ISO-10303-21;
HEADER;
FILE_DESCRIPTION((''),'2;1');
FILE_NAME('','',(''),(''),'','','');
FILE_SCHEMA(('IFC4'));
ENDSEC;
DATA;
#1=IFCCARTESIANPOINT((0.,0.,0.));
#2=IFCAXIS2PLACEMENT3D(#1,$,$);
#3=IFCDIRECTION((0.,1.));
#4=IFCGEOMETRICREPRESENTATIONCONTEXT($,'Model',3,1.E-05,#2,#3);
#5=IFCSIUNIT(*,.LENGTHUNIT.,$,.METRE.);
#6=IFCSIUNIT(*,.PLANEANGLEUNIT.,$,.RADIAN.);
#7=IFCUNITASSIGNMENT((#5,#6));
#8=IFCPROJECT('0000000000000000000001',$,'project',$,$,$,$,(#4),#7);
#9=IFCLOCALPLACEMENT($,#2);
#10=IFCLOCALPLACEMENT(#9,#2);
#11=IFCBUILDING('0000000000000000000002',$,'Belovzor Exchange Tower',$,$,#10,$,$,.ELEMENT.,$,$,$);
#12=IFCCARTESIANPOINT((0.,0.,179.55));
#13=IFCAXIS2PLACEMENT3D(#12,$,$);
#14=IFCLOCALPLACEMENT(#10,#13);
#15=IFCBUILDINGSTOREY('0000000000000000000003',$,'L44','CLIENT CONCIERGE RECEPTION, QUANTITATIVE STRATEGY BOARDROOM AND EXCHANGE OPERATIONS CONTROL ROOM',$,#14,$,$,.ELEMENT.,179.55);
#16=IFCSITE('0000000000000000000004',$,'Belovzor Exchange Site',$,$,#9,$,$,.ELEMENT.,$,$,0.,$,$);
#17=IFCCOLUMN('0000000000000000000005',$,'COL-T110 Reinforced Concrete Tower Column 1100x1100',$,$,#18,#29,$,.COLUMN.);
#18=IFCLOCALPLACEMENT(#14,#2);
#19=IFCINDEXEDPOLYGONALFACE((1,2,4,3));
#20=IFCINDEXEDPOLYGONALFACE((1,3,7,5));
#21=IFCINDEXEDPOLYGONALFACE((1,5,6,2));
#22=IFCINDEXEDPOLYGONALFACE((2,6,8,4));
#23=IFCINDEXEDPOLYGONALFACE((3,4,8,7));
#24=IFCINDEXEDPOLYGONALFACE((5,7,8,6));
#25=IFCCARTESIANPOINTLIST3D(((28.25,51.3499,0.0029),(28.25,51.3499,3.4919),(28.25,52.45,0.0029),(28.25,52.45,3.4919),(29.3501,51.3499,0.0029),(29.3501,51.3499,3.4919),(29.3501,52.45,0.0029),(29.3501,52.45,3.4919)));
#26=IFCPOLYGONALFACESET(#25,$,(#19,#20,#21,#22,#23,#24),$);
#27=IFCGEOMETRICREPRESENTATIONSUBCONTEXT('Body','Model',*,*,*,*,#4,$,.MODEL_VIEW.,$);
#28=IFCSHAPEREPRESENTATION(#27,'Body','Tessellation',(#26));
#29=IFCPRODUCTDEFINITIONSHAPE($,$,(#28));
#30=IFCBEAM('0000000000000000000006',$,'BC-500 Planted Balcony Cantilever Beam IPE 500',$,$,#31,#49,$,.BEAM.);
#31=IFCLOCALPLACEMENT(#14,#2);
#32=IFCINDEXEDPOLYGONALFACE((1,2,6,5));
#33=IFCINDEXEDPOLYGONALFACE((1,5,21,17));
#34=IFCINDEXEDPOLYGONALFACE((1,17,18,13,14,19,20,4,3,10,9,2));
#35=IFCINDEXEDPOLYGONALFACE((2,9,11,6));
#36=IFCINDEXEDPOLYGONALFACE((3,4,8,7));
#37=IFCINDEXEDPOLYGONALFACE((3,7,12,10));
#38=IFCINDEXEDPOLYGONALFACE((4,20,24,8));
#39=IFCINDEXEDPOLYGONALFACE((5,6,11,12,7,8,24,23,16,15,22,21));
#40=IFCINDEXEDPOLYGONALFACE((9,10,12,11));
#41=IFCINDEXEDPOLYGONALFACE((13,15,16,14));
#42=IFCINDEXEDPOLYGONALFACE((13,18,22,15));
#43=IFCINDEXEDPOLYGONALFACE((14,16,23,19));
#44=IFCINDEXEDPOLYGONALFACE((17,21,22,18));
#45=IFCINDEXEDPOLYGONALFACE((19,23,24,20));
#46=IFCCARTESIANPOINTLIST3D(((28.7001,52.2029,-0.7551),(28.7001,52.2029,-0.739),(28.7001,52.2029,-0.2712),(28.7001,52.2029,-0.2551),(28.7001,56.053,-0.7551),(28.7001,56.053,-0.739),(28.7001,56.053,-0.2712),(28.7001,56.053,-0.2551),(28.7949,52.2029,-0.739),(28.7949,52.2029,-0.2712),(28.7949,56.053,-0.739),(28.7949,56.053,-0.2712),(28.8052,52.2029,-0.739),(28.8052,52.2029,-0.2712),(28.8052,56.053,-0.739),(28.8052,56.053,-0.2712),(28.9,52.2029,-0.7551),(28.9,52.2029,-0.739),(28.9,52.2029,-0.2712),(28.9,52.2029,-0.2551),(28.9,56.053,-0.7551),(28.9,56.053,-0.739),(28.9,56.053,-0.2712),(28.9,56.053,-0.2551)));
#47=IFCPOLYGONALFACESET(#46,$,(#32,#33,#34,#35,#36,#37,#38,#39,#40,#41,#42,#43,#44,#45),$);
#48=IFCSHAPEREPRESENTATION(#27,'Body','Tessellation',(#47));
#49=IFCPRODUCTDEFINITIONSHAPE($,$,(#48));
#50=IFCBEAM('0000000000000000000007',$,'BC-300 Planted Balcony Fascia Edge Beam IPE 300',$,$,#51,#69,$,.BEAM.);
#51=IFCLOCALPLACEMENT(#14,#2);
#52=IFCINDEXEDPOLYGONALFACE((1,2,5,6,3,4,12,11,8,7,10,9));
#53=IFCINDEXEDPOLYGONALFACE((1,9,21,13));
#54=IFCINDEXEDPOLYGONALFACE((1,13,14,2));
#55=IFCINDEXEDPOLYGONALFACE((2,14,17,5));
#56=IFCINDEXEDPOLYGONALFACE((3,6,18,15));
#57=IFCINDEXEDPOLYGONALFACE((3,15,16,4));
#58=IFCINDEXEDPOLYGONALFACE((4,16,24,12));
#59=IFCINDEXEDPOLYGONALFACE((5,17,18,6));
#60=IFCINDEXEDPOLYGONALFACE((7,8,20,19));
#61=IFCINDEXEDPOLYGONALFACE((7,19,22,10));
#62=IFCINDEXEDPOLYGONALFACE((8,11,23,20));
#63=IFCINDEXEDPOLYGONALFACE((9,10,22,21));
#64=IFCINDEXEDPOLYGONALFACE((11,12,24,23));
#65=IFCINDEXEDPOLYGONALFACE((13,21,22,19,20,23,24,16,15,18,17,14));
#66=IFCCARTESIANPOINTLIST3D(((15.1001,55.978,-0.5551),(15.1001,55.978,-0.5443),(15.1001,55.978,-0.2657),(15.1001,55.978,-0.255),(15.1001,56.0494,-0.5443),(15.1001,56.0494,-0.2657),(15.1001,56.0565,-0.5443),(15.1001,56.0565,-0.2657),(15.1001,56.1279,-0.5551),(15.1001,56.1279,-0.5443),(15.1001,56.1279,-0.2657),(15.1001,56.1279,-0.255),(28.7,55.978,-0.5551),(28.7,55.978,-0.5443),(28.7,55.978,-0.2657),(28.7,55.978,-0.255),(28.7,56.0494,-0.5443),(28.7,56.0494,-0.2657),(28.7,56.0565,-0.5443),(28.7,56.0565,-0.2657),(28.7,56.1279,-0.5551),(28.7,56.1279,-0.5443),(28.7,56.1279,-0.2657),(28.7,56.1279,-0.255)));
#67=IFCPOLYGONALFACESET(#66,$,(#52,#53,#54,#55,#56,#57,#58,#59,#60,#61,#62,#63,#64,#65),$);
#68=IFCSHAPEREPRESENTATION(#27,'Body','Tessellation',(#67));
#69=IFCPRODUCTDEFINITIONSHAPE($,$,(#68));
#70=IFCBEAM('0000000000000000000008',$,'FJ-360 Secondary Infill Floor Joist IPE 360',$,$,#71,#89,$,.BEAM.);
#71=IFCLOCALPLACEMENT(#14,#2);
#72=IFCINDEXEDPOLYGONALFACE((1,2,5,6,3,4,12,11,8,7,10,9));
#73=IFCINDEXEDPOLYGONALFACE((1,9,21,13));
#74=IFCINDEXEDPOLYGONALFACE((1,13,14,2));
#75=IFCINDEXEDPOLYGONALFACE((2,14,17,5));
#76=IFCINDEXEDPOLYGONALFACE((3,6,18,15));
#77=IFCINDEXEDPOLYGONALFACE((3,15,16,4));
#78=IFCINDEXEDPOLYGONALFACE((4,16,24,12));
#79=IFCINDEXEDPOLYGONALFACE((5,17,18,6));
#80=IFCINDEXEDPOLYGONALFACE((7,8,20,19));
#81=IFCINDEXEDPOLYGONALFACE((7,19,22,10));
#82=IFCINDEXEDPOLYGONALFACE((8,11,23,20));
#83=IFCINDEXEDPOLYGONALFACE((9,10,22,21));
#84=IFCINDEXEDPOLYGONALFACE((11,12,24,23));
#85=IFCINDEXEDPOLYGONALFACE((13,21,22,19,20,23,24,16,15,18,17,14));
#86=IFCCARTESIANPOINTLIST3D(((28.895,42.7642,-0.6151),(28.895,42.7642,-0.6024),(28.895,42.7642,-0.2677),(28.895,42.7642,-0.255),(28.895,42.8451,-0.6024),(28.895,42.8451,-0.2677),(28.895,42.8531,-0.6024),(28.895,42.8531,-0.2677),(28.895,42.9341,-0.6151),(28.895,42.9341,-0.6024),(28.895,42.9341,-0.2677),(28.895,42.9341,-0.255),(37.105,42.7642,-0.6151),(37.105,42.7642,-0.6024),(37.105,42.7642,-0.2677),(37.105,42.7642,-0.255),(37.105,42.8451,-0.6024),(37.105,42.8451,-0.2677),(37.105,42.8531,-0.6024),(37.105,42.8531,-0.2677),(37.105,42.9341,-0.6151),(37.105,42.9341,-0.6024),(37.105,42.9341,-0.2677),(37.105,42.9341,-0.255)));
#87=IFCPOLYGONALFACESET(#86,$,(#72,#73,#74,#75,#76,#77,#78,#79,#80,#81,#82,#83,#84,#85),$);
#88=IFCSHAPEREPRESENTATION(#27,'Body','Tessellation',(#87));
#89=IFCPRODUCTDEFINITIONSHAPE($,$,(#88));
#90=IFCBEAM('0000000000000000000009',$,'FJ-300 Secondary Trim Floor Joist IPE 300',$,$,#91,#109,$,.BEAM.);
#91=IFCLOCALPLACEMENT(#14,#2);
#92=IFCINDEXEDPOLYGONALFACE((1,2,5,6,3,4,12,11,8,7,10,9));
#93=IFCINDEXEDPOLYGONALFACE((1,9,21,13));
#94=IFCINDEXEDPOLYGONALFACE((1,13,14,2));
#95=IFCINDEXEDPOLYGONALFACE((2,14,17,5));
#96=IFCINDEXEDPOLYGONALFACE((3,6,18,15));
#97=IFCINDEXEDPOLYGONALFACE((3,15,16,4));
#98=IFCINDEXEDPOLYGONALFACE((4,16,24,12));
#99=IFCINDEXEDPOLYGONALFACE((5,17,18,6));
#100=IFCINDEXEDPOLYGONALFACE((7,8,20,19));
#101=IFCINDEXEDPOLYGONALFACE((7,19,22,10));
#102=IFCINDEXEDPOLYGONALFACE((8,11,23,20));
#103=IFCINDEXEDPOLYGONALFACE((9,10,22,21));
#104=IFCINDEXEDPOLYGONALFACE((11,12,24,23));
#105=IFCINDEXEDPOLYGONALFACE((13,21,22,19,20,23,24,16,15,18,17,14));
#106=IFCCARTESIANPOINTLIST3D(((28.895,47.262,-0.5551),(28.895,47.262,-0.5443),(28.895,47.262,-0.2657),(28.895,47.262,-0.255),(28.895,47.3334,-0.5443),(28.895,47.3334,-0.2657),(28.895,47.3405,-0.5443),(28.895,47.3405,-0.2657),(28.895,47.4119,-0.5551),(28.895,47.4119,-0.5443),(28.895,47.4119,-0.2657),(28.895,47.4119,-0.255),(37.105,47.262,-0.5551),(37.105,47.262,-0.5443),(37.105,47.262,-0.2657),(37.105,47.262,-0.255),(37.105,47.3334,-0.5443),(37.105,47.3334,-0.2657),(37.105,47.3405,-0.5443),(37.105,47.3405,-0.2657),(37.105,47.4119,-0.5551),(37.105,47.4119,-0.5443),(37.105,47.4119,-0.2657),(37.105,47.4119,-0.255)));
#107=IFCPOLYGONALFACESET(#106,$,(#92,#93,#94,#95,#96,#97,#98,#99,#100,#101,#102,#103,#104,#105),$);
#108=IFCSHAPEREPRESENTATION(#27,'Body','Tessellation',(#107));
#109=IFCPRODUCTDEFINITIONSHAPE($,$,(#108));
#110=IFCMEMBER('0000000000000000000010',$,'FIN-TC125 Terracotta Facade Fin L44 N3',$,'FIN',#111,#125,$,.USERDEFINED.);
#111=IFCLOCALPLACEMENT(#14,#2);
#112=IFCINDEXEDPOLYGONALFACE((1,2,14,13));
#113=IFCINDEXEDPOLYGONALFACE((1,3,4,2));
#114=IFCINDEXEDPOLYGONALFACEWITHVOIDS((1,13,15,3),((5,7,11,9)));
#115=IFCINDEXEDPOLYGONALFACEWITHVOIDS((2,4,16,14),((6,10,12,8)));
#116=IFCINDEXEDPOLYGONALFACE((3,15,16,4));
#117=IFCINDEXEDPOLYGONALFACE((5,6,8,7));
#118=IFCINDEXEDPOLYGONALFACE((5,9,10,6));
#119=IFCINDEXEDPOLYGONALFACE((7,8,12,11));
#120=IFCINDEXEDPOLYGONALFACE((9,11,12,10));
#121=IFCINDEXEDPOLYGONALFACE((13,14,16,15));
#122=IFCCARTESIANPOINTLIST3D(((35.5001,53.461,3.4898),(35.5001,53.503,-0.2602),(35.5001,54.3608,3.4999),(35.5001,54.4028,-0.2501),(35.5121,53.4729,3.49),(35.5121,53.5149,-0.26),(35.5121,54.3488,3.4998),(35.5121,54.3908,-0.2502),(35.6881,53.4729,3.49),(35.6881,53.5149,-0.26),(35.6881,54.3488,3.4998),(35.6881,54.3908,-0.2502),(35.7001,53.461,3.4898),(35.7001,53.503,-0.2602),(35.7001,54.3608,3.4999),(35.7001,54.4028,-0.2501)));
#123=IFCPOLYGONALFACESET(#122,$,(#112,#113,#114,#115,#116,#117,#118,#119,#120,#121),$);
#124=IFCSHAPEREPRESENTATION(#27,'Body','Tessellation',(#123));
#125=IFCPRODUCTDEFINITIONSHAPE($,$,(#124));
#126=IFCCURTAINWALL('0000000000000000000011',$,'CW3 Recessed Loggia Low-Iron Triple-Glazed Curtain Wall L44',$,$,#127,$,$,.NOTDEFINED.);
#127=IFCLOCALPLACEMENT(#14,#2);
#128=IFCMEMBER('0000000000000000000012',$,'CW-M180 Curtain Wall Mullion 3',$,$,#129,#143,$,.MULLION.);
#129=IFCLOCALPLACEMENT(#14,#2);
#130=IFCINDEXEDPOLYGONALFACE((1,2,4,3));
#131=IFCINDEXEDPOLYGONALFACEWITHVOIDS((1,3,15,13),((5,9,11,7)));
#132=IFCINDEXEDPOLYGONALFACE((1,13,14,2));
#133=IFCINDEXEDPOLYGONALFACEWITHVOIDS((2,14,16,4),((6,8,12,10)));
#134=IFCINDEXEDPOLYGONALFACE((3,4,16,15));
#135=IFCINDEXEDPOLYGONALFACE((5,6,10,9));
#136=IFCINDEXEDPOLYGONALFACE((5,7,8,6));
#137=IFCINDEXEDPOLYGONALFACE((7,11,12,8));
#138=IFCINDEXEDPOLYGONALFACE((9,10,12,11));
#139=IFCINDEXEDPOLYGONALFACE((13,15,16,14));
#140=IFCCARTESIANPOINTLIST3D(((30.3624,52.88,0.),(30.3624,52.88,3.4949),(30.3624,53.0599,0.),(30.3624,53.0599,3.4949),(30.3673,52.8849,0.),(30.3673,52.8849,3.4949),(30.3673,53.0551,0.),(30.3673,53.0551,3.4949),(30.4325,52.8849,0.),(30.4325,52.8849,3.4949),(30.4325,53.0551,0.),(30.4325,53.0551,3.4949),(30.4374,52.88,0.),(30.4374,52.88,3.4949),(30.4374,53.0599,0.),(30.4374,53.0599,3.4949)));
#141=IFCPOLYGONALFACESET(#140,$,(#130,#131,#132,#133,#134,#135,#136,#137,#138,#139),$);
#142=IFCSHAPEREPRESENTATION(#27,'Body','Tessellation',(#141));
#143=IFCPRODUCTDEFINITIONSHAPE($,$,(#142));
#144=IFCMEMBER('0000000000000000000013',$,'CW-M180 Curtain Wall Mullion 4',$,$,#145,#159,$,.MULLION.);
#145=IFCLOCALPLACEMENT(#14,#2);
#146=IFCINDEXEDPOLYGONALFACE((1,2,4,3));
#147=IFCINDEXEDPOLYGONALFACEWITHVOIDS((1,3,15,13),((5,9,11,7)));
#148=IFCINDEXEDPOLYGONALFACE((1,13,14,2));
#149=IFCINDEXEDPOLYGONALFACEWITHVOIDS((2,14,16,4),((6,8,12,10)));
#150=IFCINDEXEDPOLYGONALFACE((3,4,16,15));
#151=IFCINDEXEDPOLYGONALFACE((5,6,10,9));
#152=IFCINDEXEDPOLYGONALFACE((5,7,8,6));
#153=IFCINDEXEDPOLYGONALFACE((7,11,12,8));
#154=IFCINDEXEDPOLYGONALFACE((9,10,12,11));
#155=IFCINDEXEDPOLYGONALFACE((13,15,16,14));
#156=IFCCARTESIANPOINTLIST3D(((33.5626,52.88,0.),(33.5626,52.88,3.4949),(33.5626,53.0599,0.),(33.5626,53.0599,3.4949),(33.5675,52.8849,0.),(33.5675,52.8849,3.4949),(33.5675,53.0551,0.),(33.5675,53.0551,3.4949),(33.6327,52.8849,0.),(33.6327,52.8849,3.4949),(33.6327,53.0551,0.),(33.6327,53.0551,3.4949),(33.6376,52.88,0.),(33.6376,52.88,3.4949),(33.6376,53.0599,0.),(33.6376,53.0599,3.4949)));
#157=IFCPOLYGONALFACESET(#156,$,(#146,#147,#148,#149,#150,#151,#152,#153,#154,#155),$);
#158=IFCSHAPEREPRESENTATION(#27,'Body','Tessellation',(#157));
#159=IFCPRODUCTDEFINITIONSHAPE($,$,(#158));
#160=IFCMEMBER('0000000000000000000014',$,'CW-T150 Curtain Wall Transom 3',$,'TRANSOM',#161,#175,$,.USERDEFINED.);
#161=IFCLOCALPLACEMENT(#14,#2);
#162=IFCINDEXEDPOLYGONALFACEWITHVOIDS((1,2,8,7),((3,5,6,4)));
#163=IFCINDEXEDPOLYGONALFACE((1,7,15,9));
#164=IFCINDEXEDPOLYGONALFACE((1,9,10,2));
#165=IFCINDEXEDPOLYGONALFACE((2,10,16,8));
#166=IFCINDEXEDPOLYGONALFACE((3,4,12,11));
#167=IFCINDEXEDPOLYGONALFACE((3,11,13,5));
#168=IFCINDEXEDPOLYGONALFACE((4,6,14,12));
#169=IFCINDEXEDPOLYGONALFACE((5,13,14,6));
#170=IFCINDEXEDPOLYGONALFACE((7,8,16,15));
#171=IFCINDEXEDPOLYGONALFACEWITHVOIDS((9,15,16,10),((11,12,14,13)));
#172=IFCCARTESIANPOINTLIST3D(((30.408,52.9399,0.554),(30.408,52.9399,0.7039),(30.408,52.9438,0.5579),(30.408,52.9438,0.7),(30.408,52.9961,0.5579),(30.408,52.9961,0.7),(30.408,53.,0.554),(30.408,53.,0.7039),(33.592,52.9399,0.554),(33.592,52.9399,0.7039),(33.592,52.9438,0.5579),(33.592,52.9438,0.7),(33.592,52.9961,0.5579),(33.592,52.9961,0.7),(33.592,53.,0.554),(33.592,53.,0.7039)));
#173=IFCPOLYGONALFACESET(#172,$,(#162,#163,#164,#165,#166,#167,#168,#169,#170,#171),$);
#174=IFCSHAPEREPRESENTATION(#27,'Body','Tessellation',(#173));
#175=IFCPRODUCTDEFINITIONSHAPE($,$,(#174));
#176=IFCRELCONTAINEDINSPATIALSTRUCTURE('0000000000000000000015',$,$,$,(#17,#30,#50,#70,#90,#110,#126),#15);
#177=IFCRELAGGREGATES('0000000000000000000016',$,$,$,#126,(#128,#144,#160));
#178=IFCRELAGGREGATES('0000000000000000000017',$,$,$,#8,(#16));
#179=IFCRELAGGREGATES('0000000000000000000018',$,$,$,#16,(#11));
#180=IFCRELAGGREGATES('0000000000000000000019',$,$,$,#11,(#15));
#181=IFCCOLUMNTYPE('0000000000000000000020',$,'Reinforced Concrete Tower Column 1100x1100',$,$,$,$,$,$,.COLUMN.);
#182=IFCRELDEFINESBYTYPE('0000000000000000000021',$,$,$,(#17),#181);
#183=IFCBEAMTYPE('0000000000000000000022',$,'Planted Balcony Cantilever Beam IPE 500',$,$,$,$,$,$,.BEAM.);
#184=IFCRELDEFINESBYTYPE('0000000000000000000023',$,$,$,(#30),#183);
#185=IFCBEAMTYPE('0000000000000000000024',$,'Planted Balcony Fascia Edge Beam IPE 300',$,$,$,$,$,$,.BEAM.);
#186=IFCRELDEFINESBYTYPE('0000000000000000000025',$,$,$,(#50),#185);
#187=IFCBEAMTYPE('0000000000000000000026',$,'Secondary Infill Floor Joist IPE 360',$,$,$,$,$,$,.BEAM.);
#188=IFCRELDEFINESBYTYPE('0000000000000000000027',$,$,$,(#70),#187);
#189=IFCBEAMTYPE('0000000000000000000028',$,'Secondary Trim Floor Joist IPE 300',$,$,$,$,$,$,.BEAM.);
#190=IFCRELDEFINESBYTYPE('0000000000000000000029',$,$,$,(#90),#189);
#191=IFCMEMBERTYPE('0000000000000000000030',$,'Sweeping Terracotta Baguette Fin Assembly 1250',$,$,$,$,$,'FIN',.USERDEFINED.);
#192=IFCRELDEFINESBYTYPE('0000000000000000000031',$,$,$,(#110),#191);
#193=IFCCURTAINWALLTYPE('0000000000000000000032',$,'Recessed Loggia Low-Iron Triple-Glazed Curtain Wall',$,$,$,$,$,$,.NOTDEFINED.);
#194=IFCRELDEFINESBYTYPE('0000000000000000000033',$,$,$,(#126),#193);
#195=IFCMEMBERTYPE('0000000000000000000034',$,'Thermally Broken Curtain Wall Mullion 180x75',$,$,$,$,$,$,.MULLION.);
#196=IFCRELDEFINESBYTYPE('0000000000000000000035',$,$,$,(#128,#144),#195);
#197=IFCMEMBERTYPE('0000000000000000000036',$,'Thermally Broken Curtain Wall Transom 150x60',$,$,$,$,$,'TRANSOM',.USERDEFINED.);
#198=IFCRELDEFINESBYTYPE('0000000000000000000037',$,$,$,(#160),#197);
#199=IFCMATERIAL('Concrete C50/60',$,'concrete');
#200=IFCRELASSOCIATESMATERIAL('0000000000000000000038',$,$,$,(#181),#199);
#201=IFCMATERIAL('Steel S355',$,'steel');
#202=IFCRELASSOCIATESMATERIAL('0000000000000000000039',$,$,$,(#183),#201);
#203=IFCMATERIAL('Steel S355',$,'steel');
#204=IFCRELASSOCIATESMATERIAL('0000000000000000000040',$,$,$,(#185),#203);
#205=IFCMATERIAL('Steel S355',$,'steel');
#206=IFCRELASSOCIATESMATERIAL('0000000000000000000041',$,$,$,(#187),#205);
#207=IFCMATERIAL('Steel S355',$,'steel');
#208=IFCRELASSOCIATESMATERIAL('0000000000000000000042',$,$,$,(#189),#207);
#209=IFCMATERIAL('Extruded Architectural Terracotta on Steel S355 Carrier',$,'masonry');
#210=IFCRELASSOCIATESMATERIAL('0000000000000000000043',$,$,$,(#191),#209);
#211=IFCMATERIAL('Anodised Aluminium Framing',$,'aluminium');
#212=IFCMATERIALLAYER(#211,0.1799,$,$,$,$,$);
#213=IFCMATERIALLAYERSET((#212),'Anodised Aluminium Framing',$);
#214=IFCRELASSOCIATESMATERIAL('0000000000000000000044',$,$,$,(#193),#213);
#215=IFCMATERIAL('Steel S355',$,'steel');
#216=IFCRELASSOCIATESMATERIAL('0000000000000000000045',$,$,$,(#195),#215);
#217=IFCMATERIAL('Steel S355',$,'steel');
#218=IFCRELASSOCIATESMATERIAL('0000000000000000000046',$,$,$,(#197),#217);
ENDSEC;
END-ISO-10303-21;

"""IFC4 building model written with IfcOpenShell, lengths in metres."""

from ifc_helpers import new_model, si_unit, direction, frame, origin, origin_2d, place, context, subcontext, project, spatial, rectangle, hollow_rectangle, i_section, extrude, material, layer, layer_set, material_profile, profile_set, type_object, element, aggregate, save


model = new_model("IFC4")

# Units and contexts
model_context = context("Model", 3, precision=1e-05, world=origin(), true_north=direction((0.0, 1.0)))
body_context = subcontext(model_context, "Body", "Model", "MODEL_VIEW")
ifc_project = project(units=[si_unit("LENGTHUNIT", "METRE"), si_unit("PLANEANGLEUNIT", "RADIAN")], contexts=[model_context])

# Site, building, storey
site_placement = place(None, origin())
site = spatial("IfcSite", under=ifc_project, at=site_placement, Name="Belovzor Exchange Site", CompositionType="ELEMENT", RefElevation=0.0)
building_placement = place(site_placement, origin())
building = spatial("IfcBuilding", under=site, at=building_placement, Name="Belovzor Exchange Tower", CompositionType="ELEMENT")
storey_placement = place(building_placement, frame((0.0, 0.0, 179.55)))
storey = spatial("IfcBuildingStorey", under=building, at=storey_placement, Name="L44", Description="CLIENT CONCIERGE RECEPTION, QUANTITATIVE STRATEGY BOARDROOM AND EXCHANGE OPERATIONS CONTROL ROOM", CompositionType="ELEMENT", Elevation=179.55)

# Column
ifc_material_1 = material(Name="Concrete C50/60", Category="concrete")
ifc_material_profile_1 = material_profile(ifc_material_1, rectangle(XDim=1.1001, YDim=1.1001, at=origin_2d()))
ifc_profile_set_1 = profile_set([ifc_material_profile_1], Name="Concrete C50/60")
column_type = type_object("IfcColumnType", Name="Reinforced Concrete Tower Column 1100x1100", PredefinedType="COLUMN", material=ifc_profile_set_1)
column_placement = place(storey_placement, frame((28.8, 51.8999, 0.0029), z_axis=(0.0, 0.0, 1.0), x_axis=(1.0, 0.0, 0.0)))
element("IfcColumn", 1, at=column_placement, inside=storey, type_object=column_type, Name="COL-T110 Reinforced Concrete Tower Column 1100x1100", PredefinedType="COLUMN", context=body_context, shape_type="SweptSolid", body=[
    extrude(rectangle(XDim=1.1001, YDim=1.1001, at=origin_2d()), origin(), (0.0, 0.0, 1.0), 3.489),
])

# Beams
ifc_material_2 = material(Name="Steel S355", Category="steel")
ifc_material_profile_2 = material_profile(ifc_material_2, i_section(OverallWidth=0.2, OverallDepth=0.5, WebThickness=0.0103, FlangeThickness=0.0161, at=origin_2d()))
ifc_profile_set_2 = profile_set([ifc_material_profile_2], Name="Steel S355")
beam_type_1 = type_object("IfcBeamType", Name="Planted Balcony Cantilever Beam IPE 500", PredefinedType="BEAM", material=ifc_profile_set_2)
beam_1_placement = place(storey_placement, frame((28.8, 52.2029, -0.5051), z_axis=(0.0, 1.0, 0.0), x_axis=(-1.0, 0.0, 0.0)))
element("IfcBeam", 2, at=beam_1_placement, inside=storey, type_object=beam_type_1, Name="BC-500 Planted Balcony Cantilever Beam IPE 500", PredefinedType="BEAM", context=body_context, shape_type="SweptSolid", body=[
    extrude(i_section(OverallWidth=0.2, OverallDepth=0.5, WebThickness=0.0103, FlangeThickness=0.0161, at=origin_2d()), origin(), (0.0, 0.0, 1.0), 3.8501),
])
ifc_material_3 = material(Name="Steel S355", Category="steel")
ifc_material_profile_3 = material_profile(ifc_material_3, i_section(OverallWidth=0.1499, OverallDepth=0.3, WebThickness=0.0071, FlangeThickness=0.0107, at=origin_2d()))
ifc_profile_set_3 = profile_set([ifc_material_profile_3], Name="Steel S355")
beam_type_2 = type_object("IfcBeamType", Name="Planted Balcony Fascia Edge Beam IPE 300", PredefinedType="BEAM", material=ifc_profile_set_3)
beam_2_placement = place(storey_placement, frame((28.7, 56.053, -0.405), z_axis=(-1.0, 0.0, 0.0), x_axis=(0.0, -1.0, 0.0)))
element("IfcBeam", 3, at=beam_2_placement, inside=storey, type_object=beam_type_2, Name="BC-300 Planted Balcony Fascia Edge Beam IPE 300", PredefinedType="BEAM", context=body_context, shape_type="SweptSolid", body=[
    extrude(i_section(OverallWidth=0.1499, OverallDepth=0.3, WebThickness=0.0071, FlangeThickness=0.0107, at=origin_2d()), origin(), (0.0, 0.0, 1.0), 13.5999),
])
ifc_material_4 = material(Name="Steel S355", Category="steel")
ifc_material_profile_4 = material_profile(ifc_material_4, i_section(OverallWidth=0.1699, OverallDepth=0.3601, WebThickness=0.0081, FlangeThickness=0.0127, at=origin_2d()))
ifc_profile_set_4 = profile_set([ifc_material_profile_4], Name="Steel S355")
beam_type_3 = type_object("IfcBeamType", Name="Secondary Infill Floor Joist IPE 360", PredefinedType="BEAM", material=ifc_profile_set_4)
beam_3_placement = place(storey_placement, frame((28.895, 42.8491, -0.4351), z_axis=(1.0, 0.0, 0.0), x_axis=(0.0, 1.0, 0.0)))
element("IfcBeam", 4, at=beam_3_placement, inside=storey, type_object=beam_type_3, Name="FJ-360 Secondary Infill Floor Joist IPE 360", PredefinedType="BEAM", context=body_context, shape_type="SweptSolid", body=[
    extrude(i_section(OverallWidth=0.1699, OverallDepth=0.3601, WebThickness=0.0081, FlangeThickness=0.0127, at=origin_2d()), origin(), (0.0, 0.0, 1.0), 8.21),
])
ifc_material_5 = material(Name="Steel S355", Category="steel")
ifc_material_profile_5 = material_profile(ifc_material_5, i_section(OverallWidth=0.1499, OverallDepth=0.3, WebThickness=0.0071, FlangeThickness=0.0107, at=origin_2d()))
ifc_profile_set_5 = profile_set([ifc_material_profile_5], Name="Steel S355")
beam_type_4 = type_object("IfcBeamType", Name="Secondary Trim Floor Joist IPE 300", PredefinedType="BEAM", material=ifc_profile_set_5)
beam_4_placement = place(storey_placement, frame((28.895, 47.3369, -0.405), z_axis=(1.0, 0.0, 0.0), x_axis=(0.0, 1.0, 0.0)))
element("IfcBeam", 5, at=beam_4_placement, inside=storey, type_object=beam_type_4, Name="FJ-300 Secondary Trim Floor Joist IPE 300", PredefinedType="BEAM", context=body_context, shape_type="SweptSolid", body=[
    extrude(i_section(OverallWidth=0.1499, OverallDepth=0.3, WebThickness=0.0071, FlangeThickness=0.0107, at=origin_2d()), origin(), (0.0, 0.0, 1.0), 8.21),
])

# Member
ifc_material_6 = material(Name="Extruded Architectural Terracotta on Steel S355 Carrier", Category="masonry")
ifc_material_profile_6 = material_profile(ifc_material_6, hollow_rectangle(XDim=0.2, YDim=0.8999, WallThickness=0.012, at=origin_2d()))
ifc_profile_set_6 = profile_set([ifc_material_profile_6], Name="Extruded Architectural Terracotta on Steel S355 Carrier")
member_type_1 = type_object("IfcMemberType", Name="Sweeping Terracotta Baguette Fin Assembly 1250", ElementType="FIN", PredefinedType="USERDEFINED", material=ifc_profile_set_6)
member_1_placement = place(storey_placement, frame((35.6001, 53.9529, -0.2551), z_axis=(0.0, -0.011197, 0.999937), x_axis=(1.0, 0.0, 0.0)))
element("IfcMember", 6, at=member_1_placement, inside=storey, type_object=member_type_1, Name="FIN-TC125 Terracotta Facade Fin L44 N3", ObjectType="FIN", PredefinedType="USERDEFINED", context=body_context, shape_type="SweptSolid", body=[
    extrude(hollow_rectangle(XDim=0.2, YDim=0.8999, WallThickness=0.012, at=origin_2d()), origin(), (0.0, 0.0, 1.0), 3.7502),
])

# Curtain wall, members
ifc_material_7 = material(Name="Anodised Aluminium Framing", Category="aluminium")
ifc_layer_1 = layer(ifc_material_7, 0.1799)
ifc_layer_set_1 = layer_set([ifc_layer_1], Name="Anodised Aluminium Framing")
curtain_wall_type = type_object("IfcCurtainWallType", Name="Recessed Loggia Low-Iron Triple-Glazed Curtain Wall", PredefinedType="NOTDEFINED", material=ifc_layer_set_1)
curtain_wall_placement = place(storey_placement, origin())
curtain_wall = element("IfcCurtainWall", 7, at=curtain_wall_placement, inside=storey, type_object=curtain_wall_type, Name="CW3 Recessed Loggia Low-Iron Triple-Glazed Curtain Wall L44", PredefinedType="NOTDEFINED")
ifc_material_8 = material(Name="Steel S355", Category="steel")
ifc_material_profile_7 = material_profile(ifc_material_8, hollow_rectangle(XDim=0.075, YDim=0.1799, WallThickness=0.0049, at=origin_2d()))
ifc_profile_set_7 = profile_set([ifc_material_profile_7], Name="Steel S355")
member_type_2 = type_object("IfcMemberType", Name="Thermally Broken Curtain Wall Mullion 180x75", PredefinedType="MULLION", material=ifc_profile_set_7)
member_2_placement = place(storey_placement, frame((30.3999, 52.97, 0.0), z_axis=(0.0, 0.0, 1.0), x_axis=(1.0, 0.0, 0.0)))
member_2 = element("IfcMember", 8, at=member_2_placement, type_object=member_type_2, Name="CW-M180 Curtain Wall Mullion 3", PredefinedType="MULLION", context=body_context, shape_type="SweptSolid", body=[
    extrude(hollow_rectangle(XDim=0.075, YDim=0.1799, WallThickness=0.0049, at=origin_2d()), origin(), (0.0, 0.0, 1.0), 3.4949),
])
member_3_placement = place(storey_placement, frame((33.6001, 52.97, 0.0), z_axis=(0.0, 0.0, 1.0), x_axis=(1.0, 0.0, 0.0)))
member_3 = element("IfcMember", 9, at=member_3_placement, type_object=member_type_2, Name="CW-M180 Curtain Wall Mullion 4", PredefinedType="MULLION", context=body_context, shape_type="SweptSolid", body=[
    extrude(hollow_rectangle(XDim=0.075, YDim=0.1799, WallThickness=0.0049, at=origin_2d()), origin(), (0.0, 0.0, 1.0), 3.4949),
])
ifc_material_9 = material(Name="Steel S355", Category="steel")
ifc_material_profile_8 = material_profile(ifc_material_9, hollow_rectangle(XDim=0.0601, YDim=0.1499, WallThickness=0.0039, at=origin_2d()))
ifc_profile_set_8 = profile_set([ifc_material_profile_8], Name="Steel S355")
member_type_3 = type_object("IfcMemberType", Name="Thermally Broken Curtain Wall Transom 150x60", ElementType="TRANSOM", PredefinedType="USERDEFINED", material=ifc_profile_set_8)
member_4_placement = place(storey_placement, frame((30.408, 52.97, 0.6289), z_axis=(1.0, 0.0, 0.0), x_axis=(0.0, 1.0, 0.0)))
member_4 = element("IfcMember", 10, at=member_4_placement, type_object=member_type_3, Name="CW-T150 Curtain Wall Transom 3", ObjectType="TRANSOM", PredefinedType="USERDEFINED", context=body_context, shape_type="SweptSolid", body=[
    extrude(hollow_rectangle(XDim=0.0601, YDim=0.1499, WallThickness=0.0039, at=origin_2d()), origin(), (0.0, 0.0, 1.0), 3.1841),
])

aggregate(curtain_wall, [member_2, member_3, member_4])

save(model, "model.ifc")
